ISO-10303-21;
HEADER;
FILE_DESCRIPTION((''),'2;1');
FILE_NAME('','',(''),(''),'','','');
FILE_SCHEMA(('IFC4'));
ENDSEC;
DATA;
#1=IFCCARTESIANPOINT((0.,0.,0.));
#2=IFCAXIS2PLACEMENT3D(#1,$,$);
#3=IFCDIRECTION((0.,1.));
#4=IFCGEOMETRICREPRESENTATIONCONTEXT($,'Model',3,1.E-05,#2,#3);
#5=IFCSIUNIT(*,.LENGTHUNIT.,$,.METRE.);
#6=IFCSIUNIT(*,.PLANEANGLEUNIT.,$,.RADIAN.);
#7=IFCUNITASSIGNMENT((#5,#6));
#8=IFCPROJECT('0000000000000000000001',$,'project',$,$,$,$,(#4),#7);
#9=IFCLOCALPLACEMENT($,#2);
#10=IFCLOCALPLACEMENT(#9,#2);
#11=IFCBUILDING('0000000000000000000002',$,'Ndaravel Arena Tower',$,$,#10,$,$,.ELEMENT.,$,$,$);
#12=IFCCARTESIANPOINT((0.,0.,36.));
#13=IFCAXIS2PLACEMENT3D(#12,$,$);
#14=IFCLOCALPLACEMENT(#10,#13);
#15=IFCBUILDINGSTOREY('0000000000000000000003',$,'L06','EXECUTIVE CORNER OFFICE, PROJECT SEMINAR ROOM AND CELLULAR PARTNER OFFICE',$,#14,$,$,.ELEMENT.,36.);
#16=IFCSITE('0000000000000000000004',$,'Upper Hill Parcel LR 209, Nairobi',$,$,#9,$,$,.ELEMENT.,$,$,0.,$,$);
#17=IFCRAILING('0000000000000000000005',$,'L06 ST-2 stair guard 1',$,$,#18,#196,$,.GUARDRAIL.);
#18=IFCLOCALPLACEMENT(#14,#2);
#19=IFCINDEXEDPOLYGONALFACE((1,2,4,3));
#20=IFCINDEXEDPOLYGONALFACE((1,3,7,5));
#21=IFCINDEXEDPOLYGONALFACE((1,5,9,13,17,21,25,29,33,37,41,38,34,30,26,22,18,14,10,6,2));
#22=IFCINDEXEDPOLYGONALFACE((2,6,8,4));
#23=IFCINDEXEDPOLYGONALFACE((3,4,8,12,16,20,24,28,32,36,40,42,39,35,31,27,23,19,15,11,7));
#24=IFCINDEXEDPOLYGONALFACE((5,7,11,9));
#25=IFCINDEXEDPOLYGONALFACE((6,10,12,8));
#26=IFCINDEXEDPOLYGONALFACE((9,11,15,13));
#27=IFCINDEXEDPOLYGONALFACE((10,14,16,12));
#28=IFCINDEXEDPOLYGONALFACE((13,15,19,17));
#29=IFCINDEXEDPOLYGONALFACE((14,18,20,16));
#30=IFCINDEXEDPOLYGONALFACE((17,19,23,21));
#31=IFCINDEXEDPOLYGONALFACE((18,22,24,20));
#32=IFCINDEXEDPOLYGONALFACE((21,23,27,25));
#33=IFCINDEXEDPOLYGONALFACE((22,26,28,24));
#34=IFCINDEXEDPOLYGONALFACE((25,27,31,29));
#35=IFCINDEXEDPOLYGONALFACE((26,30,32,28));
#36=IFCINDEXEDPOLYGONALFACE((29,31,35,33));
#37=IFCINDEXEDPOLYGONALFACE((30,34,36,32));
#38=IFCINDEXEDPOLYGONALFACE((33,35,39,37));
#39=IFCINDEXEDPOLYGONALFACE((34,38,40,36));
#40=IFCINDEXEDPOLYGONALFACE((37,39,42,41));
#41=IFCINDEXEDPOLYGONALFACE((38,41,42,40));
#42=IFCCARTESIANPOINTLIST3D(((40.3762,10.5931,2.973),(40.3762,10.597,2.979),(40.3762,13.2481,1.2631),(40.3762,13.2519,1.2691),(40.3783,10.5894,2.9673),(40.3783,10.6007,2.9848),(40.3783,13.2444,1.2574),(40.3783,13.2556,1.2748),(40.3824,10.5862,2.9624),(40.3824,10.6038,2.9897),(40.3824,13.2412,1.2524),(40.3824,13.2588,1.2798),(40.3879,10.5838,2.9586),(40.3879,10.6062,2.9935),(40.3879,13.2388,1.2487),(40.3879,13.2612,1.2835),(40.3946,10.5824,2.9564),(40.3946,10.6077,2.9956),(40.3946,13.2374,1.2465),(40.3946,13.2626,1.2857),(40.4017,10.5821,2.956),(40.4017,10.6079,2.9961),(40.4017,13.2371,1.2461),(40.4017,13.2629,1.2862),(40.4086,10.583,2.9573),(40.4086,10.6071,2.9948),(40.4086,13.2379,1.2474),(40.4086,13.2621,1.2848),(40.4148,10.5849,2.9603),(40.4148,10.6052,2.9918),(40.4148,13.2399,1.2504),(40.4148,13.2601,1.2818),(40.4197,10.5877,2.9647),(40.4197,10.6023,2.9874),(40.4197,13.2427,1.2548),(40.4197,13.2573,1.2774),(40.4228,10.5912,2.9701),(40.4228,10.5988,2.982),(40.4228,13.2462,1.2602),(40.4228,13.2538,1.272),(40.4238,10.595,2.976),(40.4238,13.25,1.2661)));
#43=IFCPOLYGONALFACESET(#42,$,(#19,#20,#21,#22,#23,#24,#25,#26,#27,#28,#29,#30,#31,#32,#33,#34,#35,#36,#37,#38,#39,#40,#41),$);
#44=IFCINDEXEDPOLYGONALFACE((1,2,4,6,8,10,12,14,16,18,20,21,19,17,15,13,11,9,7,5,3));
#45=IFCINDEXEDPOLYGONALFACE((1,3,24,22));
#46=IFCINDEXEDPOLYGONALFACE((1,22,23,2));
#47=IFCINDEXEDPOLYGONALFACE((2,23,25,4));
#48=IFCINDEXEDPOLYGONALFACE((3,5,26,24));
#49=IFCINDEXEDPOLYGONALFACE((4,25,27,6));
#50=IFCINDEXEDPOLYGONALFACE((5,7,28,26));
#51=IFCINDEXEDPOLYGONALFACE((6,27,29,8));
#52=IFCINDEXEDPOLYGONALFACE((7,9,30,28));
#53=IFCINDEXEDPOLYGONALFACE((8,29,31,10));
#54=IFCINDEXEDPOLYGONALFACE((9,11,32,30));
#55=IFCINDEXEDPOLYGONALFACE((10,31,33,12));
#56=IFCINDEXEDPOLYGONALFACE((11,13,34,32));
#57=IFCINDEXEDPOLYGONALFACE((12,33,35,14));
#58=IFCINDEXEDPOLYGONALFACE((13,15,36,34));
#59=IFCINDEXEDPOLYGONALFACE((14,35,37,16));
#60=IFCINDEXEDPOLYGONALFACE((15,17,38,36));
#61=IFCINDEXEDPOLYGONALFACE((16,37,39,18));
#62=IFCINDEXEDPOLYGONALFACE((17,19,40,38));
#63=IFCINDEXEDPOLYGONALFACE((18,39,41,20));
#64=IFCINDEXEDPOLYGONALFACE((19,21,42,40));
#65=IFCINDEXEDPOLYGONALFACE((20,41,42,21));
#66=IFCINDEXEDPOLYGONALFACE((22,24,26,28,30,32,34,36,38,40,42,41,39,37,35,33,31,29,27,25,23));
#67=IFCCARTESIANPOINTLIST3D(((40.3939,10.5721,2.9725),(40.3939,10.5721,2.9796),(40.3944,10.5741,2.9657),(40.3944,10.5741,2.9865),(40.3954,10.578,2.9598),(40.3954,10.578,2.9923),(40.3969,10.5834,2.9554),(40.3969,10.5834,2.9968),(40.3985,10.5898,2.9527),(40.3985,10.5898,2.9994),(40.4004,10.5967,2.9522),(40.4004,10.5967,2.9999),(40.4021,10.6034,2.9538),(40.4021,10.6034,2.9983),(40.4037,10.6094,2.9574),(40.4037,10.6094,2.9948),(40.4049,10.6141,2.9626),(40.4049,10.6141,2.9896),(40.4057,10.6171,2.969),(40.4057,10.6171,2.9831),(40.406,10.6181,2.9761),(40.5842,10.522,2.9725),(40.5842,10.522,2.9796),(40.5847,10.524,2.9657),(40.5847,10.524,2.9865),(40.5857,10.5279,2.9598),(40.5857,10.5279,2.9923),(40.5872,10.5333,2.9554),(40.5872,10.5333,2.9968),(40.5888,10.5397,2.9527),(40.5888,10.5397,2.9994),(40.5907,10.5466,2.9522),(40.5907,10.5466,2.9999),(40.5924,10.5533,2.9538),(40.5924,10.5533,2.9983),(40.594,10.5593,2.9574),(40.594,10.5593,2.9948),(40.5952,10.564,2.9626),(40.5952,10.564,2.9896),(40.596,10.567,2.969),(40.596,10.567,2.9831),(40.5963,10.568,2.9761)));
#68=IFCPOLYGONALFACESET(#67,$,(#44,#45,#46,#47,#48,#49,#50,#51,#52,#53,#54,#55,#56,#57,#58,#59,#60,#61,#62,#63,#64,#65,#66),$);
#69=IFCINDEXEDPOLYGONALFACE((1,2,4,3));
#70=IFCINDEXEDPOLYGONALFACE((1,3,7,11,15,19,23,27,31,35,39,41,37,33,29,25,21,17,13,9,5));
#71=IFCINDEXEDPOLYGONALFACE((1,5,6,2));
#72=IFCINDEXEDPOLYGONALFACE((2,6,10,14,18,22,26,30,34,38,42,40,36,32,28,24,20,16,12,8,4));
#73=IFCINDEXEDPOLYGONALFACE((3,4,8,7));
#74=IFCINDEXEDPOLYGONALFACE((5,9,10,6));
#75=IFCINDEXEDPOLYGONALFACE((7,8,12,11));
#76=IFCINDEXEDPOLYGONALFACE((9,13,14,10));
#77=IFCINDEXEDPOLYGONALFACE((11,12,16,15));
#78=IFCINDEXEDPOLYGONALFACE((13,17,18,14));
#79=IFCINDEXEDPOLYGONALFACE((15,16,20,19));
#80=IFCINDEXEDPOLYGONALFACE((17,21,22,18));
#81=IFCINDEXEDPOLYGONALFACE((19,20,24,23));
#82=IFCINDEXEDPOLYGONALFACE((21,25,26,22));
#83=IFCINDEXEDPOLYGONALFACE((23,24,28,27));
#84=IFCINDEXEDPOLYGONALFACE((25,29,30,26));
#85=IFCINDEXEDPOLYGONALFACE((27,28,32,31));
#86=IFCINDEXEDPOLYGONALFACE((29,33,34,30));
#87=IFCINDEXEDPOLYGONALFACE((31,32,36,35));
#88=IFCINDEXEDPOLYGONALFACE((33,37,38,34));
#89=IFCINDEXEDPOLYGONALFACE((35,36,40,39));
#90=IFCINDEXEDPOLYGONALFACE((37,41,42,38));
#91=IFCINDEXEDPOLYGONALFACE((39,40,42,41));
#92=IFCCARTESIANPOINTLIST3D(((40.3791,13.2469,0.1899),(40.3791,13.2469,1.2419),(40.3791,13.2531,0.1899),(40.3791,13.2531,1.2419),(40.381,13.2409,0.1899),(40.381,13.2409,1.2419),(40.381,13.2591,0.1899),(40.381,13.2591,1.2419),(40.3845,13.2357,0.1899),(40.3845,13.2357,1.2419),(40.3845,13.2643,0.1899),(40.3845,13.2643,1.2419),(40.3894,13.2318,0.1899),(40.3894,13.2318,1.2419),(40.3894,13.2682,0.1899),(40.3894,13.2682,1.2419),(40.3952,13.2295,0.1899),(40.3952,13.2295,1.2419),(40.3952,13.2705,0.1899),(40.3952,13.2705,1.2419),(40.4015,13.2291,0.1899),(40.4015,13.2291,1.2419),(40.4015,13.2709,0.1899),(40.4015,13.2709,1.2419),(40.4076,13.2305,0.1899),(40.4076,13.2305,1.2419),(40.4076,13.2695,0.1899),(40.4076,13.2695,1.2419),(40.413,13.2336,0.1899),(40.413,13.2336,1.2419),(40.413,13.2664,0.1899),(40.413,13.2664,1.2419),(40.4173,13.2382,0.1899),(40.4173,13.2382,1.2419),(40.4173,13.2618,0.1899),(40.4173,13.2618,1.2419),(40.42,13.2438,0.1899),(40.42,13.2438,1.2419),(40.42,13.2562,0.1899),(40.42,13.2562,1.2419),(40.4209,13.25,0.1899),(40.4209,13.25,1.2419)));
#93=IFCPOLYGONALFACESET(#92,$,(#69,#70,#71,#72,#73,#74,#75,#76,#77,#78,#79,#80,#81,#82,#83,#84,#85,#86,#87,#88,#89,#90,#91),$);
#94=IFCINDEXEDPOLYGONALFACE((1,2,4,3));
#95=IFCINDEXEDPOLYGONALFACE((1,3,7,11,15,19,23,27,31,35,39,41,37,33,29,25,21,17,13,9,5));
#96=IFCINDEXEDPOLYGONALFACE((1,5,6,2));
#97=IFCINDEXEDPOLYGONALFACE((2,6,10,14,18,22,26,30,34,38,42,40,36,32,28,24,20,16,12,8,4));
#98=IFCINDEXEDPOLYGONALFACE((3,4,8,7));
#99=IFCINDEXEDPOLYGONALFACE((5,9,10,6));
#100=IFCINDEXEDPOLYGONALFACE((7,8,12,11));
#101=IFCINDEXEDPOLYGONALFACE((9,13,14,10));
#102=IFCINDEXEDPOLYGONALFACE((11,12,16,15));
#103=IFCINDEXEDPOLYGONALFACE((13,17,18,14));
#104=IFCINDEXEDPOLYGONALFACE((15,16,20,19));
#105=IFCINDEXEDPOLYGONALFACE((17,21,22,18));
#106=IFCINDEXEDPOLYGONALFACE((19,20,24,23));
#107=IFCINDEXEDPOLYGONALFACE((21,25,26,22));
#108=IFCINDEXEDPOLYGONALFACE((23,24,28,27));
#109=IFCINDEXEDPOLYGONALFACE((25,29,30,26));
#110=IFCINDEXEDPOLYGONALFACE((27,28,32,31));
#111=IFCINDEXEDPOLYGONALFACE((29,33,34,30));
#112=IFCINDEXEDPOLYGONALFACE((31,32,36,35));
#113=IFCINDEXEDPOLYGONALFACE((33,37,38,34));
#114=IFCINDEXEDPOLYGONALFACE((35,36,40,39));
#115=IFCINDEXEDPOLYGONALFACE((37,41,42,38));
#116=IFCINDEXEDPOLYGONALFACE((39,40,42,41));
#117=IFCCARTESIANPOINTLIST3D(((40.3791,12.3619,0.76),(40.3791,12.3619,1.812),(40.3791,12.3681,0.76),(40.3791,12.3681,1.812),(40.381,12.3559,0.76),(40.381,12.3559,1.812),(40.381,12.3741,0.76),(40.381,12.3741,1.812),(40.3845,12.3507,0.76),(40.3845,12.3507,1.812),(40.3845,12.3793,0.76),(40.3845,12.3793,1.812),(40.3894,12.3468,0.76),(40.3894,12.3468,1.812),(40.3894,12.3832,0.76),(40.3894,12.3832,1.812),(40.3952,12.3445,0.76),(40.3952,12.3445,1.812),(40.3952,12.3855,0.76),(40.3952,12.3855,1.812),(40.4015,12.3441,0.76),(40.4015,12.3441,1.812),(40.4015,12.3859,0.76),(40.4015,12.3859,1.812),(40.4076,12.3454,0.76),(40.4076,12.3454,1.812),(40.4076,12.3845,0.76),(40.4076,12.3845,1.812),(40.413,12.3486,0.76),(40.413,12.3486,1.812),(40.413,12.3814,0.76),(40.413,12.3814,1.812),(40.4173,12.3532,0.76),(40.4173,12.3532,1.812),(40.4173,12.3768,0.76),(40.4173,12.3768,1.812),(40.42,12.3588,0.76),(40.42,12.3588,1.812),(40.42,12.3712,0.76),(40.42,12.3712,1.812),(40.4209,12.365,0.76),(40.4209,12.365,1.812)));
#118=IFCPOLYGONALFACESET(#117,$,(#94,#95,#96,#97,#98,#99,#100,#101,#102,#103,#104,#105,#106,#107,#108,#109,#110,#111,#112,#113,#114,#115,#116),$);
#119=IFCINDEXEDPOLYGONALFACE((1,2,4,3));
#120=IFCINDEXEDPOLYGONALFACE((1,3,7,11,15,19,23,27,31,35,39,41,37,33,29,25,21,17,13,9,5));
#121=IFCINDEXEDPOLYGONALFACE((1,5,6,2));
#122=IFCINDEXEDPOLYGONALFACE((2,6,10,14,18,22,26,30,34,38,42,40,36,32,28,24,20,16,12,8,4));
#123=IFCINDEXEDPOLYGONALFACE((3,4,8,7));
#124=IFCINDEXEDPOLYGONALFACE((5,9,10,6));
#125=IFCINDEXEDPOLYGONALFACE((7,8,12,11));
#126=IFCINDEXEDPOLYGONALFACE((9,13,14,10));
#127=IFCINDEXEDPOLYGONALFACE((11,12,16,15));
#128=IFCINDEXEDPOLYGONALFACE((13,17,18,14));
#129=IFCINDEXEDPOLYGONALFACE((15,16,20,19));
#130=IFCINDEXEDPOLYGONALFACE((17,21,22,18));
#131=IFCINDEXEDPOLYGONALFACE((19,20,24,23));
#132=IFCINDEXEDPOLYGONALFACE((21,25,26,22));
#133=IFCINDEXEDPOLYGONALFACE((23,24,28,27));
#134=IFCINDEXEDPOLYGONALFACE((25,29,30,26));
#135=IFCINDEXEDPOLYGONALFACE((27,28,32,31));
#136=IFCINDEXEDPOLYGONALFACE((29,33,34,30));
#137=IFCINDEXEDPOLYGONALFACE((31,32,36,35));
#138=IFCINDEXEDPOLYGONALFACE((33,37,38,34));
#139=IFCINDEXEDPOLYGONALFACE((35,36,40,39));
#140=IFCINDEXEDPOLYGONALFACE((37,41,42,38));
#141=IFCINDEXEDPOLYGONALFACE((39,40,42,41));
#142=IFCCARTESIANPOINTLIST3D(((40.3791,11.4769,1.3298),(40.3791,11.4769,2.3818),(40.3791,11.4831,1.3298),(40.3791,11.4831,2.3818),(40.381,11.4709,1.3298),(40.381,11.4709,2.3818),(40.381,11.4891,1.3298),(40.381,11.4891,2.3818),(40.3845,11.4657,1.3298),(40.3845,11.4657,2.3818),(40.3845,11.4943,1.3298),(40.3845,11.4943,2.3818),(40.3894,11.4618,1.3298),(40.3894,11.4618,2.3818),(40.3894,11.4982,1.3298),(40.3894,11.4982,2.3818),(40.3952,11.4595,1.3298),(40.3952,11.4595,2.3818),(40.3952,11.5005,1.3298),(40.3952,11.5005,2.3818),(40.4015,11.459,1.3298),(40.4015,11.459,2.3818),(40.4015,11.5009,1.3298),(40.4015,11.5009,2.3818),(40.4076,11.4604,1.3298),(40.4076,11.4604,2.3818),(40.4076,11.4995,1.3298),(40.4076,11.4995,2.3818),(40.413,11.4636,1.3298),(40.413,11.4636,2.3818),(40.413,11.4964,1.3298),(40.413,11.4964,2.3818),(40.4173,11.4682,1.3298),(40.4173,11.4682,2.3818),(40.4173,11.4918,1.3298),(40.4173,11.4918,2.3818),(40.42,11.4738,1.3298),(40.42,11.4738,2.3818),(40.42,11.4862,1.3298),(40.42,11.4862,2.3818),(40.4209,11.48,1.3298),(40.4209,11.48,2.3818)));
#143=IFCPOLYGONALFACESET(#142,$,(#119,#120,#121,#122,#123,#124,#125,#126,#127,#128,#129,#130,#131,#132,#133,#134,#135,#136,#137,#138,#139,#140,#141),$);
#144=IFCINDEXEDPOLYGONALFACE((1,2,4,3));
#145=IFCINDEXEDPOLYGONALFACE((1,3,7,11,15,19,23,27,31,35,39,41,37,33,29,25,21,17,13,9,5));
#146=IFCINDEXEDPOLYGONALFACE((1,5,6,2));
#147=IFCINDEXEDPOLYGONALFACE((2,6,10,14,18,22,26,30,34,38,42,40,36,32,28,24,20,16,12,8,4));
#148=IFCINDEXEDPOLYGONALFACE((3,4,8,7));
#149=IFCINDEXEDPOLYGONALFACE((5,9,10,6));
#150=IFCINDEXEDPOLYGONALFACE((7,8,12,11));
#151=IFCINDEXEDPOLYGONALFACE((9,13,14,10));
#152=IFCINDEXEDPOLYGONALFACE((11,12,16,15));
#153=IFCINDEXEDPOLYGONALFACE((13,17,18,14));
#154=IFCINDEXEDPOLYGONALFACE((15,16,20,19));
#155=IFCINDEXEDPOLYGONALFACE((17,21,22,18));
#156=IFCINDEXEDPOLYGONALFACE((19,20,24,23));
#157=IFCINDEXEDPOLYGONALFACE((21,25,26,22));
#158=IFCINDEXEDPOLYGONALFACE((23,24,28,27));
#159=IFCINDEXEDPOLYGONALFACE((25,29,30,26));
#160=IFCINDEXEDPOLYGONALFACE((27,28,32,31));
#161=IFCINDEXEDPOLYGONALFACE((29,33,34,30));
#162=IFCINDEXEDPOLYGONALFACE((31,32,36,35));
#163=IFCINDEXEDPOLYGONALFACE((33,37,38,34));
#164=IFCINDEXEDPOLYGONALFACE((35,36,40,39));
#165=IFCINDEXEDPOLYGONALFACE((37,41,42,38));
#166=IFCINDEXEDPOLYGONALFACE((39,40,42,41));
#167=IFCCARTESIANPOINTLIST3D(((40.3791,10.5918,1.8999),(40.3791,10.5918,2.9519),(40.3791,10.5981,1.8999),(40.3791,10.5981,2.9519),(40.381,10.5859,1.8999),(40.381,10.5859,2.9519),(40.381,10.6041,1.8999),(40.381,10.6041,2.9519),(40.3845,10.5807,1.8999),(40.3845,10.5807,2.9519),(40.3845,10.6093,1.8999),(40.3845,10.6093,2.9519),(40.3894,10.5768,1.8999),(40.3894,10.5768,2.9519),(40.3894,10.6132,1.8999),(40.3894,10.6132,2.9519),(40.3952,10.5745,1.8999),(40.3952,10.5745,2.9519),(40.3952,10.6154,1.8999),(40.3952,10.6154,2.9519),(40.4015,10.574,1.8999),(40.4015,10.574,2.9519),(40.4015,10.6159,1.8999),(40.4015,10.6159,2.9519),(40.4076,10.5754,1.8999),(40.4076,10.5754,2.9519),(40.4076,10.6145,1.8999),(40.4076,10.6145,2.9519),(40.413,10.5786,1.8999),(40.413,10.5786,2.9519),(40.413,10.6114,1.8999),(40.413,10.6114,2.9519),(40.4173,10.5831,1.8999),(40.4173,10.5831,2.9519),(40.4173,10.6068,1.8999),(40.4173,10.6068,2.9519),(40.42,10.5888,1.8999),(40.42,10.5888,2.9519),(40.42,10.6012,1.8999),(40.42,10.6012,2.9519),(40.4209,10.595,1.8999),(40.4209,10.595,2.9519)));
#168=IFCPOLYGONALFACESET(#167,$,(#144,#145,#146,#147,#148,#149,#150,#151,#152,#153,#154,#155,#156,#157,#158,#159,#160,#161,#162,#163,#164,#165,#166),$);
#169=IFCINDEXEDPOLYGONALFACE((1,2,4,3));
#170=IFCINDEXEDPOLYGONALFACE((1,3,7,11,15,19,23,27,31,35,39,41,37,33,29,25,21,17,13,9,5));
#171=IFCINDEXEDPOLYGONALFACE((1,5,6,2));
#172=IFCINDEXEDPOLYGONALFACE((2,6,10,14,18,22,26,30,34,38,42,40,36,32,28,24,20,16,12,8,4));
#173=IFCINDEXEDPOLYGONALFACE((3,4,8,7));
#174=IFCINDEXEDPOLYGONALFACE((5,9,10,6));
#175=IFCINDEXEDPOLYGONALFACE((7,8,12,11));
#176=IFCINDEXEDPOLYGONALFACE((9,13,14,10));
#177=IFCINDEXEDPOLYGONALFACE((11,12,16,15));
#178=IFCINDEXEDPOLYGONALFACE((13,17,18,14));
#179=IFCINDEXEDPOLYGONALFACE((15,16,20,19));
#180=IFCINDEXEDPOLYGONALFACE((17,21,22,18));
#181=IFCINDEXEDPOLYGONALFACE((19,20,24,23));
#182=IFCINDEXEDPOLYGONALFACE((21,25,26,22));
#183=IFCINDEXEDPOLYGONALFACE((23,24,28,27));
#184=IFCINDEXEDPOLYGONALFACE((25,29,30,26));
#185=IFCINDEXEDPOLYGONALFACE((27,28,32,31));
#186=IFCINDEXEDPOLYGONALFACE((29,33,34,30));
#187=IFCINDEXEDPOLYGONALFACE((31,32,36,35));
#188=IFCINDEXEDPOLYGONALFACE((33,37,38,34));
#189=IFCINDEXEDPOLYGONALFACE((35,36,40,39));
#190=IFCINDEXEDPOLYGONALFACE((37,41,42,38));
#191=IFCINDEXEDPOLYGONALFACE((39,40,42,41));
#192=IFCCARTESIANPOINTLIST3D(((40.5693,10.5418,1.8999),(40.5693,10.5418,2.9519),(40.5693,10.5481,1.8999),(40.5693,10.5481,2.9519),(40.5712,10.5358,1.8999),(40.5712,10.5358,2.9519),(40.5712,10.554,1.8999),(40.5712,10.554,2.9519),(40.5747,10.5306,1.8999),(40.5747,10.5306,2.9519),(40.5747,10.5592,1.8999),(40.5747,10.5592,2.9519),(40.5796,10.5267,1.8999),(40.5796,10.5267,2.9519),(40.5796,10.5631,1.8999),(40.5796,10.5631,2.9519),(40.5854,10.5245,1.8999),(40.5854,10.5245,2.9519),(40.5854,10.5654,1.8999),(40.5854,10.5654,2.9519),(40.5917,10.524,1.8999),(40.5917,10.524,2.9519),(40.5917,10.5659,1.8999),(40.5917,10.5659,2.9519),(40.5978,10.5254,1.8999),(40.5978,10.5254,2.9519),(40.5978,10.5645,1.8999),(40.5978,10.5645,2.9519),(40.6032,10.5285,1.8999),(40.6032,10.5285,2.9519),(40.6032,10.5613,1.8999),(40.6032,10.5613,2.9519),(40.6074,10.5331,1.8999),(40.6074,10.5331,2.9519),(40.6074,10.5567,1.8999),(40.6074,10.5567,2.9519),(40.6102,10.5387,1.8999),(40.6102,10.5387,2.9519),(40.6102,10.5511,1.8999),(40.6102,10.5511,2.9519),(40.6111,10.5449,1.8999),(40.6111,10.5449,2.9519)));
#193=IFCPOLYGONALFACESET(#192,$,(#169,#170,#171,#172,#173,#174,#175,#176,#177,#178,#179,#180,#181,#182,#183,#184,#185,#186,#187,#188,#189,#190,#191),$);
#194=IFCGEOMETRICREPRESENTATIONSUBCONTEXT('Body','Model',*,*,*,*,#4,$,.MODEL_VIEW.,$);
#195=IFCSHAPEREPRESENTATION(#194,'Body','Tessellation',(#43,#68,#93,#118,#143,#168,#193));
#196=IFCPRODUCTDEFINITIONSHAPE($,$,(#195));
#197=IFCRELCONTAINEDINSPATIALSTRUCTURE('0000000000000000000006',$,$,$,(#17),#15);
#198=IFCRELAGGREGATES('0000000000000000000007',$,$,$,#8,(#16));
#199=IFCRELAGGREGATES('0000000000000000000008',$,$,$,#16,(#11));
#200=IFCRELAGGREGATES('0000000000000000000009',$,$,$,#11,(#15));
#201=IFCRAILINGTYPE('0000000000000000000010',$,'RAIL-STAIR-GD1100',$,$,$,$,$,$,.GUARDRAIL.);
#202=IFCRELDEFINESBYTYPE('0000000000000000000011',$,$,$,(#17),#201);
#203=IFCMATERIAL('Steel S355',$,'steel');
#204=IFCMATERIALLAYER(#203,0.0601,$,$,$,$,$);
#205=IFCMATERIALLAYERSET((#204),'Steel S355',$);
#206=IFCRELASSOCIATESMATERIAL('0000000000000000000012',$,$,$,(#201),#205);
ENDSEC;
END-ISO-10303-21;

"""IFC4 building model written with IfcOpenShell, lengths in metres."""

from ifc_helpers import new_model, si_unit, direction, frame, origin, origin_2d, place, context, subcontext, project, spatial, circle, extrude, material, layer, layer_set, type_object, element, save


model = new_model("IFC4")

# Units and contexts
model_context = context("Model", 3, precision=1e-05, world=origin(), true_north=direction((0.0, 1.0)))
body_context = subcontext(model_context, "Body", "Model", "MODEL_VIEW")
ifc_project = project(units=[si_unit("LENGTHUNIT", "METRE"), si_unit("PLANEANGLEUNIT", "RADIAN")], contexts=[model_context])

# Site, building, storey
site_placement = place(None, origin())
site = spatial("IfcSite", under=ifc_project, at=site_placement, Name="Upper Hill Parcel LR 209, Nairobi", CompositionType="ELEMENT", RefElevation=0.0)
building_placement = place(site_placement, origin())
building = spatial("IfcBuilding", under=site, at=building_placement, Name="Ndaravel Arena Tower", CompositionType="ELEMENT")
storey_placement = place(building_placement, frame((0.0, 0.0, 36.0)))
storey = spatial("IfcBuildingStorey", under=building, at=storey_placement, Name="L06", Description="EXECUTIVE CORNER OFFICE, PROJECT SEMINAR ROOM AND CELLULAR PARTNER OFFICE", CompositionType="ELEMENT", Elevation=36.0)

# Railing
ifc_material_1 = material(Name="Steel S355", Category="steel")
ifc_layer_1 = layer(ifc_material_1, 0.0601)
ifc_layer_set_1 = layer_set([ifc_layer_1], Name="Steel S355")
railing_type_1 = type_object("IfcRailingType", Name="RAIL-STAIR-GD1100", PredefinedType="GUARDRAIL", material=ifc_layer_set_1)
railing_1_placement = place(storey_placement, frame((40.3999, 13.25, 0.1899)))
element("IfcRailing", 1, at=railing_1_placement, inside=storey, type_object=railing_type_1, Name="L06 ST-2 stair guard 1", PredefinedType="GUARDRAIL", context=body_context, shape_type="SweptSolid", body=[
    extrude(circle(Radius=0.0239, at=origin_2d()), frame((0.0, 0.0, 1.0762), z_axis=(0.0, -0.840724, 0.541465), x_axis=(1.0, 0.0, 0.0)), (0.0, 0.0, 1.0), 3.158),
    extrude(circle(Radius=0.0239, at=origin_2d()), frame((0.0, -2.655, 2.7861), z_axis=(0.967075, -0.254493, 0.0), x_axis=(0.254493, 0.967075, 0.0)), (0.0, 0.0, 1.0), 0.1968),
    extrude(circle(Radius=0.021, at=origin_2d()), origin(), (0.0, 0.0, 1.0), 1.052),
    extrude(circle(Radius=0.021, at=origin_2d()), frame((0.0, -0.885, 0.5701)), (0.0, 0.0, 1.0), 1.052),
    extrude(circle(Radius=0.021, at=origin_2d()), frame((0.0, -1.77, 1.1399)), (0.0, 0.0, 1.0), 1.052),
    extrude(circle(Radius=0.021, at=origin_2d()), frame((0.0, -2.655, 1.71)), (0.0, 0.0, 1.0), 1.052),
    extrude(circle(Radius=0.021, at=origin_2d()), frame((0.1902, -2.7051, 1.71)), (0.0, 0.0, 1.0), 1.052),
])

save(model, "model.ifc")
